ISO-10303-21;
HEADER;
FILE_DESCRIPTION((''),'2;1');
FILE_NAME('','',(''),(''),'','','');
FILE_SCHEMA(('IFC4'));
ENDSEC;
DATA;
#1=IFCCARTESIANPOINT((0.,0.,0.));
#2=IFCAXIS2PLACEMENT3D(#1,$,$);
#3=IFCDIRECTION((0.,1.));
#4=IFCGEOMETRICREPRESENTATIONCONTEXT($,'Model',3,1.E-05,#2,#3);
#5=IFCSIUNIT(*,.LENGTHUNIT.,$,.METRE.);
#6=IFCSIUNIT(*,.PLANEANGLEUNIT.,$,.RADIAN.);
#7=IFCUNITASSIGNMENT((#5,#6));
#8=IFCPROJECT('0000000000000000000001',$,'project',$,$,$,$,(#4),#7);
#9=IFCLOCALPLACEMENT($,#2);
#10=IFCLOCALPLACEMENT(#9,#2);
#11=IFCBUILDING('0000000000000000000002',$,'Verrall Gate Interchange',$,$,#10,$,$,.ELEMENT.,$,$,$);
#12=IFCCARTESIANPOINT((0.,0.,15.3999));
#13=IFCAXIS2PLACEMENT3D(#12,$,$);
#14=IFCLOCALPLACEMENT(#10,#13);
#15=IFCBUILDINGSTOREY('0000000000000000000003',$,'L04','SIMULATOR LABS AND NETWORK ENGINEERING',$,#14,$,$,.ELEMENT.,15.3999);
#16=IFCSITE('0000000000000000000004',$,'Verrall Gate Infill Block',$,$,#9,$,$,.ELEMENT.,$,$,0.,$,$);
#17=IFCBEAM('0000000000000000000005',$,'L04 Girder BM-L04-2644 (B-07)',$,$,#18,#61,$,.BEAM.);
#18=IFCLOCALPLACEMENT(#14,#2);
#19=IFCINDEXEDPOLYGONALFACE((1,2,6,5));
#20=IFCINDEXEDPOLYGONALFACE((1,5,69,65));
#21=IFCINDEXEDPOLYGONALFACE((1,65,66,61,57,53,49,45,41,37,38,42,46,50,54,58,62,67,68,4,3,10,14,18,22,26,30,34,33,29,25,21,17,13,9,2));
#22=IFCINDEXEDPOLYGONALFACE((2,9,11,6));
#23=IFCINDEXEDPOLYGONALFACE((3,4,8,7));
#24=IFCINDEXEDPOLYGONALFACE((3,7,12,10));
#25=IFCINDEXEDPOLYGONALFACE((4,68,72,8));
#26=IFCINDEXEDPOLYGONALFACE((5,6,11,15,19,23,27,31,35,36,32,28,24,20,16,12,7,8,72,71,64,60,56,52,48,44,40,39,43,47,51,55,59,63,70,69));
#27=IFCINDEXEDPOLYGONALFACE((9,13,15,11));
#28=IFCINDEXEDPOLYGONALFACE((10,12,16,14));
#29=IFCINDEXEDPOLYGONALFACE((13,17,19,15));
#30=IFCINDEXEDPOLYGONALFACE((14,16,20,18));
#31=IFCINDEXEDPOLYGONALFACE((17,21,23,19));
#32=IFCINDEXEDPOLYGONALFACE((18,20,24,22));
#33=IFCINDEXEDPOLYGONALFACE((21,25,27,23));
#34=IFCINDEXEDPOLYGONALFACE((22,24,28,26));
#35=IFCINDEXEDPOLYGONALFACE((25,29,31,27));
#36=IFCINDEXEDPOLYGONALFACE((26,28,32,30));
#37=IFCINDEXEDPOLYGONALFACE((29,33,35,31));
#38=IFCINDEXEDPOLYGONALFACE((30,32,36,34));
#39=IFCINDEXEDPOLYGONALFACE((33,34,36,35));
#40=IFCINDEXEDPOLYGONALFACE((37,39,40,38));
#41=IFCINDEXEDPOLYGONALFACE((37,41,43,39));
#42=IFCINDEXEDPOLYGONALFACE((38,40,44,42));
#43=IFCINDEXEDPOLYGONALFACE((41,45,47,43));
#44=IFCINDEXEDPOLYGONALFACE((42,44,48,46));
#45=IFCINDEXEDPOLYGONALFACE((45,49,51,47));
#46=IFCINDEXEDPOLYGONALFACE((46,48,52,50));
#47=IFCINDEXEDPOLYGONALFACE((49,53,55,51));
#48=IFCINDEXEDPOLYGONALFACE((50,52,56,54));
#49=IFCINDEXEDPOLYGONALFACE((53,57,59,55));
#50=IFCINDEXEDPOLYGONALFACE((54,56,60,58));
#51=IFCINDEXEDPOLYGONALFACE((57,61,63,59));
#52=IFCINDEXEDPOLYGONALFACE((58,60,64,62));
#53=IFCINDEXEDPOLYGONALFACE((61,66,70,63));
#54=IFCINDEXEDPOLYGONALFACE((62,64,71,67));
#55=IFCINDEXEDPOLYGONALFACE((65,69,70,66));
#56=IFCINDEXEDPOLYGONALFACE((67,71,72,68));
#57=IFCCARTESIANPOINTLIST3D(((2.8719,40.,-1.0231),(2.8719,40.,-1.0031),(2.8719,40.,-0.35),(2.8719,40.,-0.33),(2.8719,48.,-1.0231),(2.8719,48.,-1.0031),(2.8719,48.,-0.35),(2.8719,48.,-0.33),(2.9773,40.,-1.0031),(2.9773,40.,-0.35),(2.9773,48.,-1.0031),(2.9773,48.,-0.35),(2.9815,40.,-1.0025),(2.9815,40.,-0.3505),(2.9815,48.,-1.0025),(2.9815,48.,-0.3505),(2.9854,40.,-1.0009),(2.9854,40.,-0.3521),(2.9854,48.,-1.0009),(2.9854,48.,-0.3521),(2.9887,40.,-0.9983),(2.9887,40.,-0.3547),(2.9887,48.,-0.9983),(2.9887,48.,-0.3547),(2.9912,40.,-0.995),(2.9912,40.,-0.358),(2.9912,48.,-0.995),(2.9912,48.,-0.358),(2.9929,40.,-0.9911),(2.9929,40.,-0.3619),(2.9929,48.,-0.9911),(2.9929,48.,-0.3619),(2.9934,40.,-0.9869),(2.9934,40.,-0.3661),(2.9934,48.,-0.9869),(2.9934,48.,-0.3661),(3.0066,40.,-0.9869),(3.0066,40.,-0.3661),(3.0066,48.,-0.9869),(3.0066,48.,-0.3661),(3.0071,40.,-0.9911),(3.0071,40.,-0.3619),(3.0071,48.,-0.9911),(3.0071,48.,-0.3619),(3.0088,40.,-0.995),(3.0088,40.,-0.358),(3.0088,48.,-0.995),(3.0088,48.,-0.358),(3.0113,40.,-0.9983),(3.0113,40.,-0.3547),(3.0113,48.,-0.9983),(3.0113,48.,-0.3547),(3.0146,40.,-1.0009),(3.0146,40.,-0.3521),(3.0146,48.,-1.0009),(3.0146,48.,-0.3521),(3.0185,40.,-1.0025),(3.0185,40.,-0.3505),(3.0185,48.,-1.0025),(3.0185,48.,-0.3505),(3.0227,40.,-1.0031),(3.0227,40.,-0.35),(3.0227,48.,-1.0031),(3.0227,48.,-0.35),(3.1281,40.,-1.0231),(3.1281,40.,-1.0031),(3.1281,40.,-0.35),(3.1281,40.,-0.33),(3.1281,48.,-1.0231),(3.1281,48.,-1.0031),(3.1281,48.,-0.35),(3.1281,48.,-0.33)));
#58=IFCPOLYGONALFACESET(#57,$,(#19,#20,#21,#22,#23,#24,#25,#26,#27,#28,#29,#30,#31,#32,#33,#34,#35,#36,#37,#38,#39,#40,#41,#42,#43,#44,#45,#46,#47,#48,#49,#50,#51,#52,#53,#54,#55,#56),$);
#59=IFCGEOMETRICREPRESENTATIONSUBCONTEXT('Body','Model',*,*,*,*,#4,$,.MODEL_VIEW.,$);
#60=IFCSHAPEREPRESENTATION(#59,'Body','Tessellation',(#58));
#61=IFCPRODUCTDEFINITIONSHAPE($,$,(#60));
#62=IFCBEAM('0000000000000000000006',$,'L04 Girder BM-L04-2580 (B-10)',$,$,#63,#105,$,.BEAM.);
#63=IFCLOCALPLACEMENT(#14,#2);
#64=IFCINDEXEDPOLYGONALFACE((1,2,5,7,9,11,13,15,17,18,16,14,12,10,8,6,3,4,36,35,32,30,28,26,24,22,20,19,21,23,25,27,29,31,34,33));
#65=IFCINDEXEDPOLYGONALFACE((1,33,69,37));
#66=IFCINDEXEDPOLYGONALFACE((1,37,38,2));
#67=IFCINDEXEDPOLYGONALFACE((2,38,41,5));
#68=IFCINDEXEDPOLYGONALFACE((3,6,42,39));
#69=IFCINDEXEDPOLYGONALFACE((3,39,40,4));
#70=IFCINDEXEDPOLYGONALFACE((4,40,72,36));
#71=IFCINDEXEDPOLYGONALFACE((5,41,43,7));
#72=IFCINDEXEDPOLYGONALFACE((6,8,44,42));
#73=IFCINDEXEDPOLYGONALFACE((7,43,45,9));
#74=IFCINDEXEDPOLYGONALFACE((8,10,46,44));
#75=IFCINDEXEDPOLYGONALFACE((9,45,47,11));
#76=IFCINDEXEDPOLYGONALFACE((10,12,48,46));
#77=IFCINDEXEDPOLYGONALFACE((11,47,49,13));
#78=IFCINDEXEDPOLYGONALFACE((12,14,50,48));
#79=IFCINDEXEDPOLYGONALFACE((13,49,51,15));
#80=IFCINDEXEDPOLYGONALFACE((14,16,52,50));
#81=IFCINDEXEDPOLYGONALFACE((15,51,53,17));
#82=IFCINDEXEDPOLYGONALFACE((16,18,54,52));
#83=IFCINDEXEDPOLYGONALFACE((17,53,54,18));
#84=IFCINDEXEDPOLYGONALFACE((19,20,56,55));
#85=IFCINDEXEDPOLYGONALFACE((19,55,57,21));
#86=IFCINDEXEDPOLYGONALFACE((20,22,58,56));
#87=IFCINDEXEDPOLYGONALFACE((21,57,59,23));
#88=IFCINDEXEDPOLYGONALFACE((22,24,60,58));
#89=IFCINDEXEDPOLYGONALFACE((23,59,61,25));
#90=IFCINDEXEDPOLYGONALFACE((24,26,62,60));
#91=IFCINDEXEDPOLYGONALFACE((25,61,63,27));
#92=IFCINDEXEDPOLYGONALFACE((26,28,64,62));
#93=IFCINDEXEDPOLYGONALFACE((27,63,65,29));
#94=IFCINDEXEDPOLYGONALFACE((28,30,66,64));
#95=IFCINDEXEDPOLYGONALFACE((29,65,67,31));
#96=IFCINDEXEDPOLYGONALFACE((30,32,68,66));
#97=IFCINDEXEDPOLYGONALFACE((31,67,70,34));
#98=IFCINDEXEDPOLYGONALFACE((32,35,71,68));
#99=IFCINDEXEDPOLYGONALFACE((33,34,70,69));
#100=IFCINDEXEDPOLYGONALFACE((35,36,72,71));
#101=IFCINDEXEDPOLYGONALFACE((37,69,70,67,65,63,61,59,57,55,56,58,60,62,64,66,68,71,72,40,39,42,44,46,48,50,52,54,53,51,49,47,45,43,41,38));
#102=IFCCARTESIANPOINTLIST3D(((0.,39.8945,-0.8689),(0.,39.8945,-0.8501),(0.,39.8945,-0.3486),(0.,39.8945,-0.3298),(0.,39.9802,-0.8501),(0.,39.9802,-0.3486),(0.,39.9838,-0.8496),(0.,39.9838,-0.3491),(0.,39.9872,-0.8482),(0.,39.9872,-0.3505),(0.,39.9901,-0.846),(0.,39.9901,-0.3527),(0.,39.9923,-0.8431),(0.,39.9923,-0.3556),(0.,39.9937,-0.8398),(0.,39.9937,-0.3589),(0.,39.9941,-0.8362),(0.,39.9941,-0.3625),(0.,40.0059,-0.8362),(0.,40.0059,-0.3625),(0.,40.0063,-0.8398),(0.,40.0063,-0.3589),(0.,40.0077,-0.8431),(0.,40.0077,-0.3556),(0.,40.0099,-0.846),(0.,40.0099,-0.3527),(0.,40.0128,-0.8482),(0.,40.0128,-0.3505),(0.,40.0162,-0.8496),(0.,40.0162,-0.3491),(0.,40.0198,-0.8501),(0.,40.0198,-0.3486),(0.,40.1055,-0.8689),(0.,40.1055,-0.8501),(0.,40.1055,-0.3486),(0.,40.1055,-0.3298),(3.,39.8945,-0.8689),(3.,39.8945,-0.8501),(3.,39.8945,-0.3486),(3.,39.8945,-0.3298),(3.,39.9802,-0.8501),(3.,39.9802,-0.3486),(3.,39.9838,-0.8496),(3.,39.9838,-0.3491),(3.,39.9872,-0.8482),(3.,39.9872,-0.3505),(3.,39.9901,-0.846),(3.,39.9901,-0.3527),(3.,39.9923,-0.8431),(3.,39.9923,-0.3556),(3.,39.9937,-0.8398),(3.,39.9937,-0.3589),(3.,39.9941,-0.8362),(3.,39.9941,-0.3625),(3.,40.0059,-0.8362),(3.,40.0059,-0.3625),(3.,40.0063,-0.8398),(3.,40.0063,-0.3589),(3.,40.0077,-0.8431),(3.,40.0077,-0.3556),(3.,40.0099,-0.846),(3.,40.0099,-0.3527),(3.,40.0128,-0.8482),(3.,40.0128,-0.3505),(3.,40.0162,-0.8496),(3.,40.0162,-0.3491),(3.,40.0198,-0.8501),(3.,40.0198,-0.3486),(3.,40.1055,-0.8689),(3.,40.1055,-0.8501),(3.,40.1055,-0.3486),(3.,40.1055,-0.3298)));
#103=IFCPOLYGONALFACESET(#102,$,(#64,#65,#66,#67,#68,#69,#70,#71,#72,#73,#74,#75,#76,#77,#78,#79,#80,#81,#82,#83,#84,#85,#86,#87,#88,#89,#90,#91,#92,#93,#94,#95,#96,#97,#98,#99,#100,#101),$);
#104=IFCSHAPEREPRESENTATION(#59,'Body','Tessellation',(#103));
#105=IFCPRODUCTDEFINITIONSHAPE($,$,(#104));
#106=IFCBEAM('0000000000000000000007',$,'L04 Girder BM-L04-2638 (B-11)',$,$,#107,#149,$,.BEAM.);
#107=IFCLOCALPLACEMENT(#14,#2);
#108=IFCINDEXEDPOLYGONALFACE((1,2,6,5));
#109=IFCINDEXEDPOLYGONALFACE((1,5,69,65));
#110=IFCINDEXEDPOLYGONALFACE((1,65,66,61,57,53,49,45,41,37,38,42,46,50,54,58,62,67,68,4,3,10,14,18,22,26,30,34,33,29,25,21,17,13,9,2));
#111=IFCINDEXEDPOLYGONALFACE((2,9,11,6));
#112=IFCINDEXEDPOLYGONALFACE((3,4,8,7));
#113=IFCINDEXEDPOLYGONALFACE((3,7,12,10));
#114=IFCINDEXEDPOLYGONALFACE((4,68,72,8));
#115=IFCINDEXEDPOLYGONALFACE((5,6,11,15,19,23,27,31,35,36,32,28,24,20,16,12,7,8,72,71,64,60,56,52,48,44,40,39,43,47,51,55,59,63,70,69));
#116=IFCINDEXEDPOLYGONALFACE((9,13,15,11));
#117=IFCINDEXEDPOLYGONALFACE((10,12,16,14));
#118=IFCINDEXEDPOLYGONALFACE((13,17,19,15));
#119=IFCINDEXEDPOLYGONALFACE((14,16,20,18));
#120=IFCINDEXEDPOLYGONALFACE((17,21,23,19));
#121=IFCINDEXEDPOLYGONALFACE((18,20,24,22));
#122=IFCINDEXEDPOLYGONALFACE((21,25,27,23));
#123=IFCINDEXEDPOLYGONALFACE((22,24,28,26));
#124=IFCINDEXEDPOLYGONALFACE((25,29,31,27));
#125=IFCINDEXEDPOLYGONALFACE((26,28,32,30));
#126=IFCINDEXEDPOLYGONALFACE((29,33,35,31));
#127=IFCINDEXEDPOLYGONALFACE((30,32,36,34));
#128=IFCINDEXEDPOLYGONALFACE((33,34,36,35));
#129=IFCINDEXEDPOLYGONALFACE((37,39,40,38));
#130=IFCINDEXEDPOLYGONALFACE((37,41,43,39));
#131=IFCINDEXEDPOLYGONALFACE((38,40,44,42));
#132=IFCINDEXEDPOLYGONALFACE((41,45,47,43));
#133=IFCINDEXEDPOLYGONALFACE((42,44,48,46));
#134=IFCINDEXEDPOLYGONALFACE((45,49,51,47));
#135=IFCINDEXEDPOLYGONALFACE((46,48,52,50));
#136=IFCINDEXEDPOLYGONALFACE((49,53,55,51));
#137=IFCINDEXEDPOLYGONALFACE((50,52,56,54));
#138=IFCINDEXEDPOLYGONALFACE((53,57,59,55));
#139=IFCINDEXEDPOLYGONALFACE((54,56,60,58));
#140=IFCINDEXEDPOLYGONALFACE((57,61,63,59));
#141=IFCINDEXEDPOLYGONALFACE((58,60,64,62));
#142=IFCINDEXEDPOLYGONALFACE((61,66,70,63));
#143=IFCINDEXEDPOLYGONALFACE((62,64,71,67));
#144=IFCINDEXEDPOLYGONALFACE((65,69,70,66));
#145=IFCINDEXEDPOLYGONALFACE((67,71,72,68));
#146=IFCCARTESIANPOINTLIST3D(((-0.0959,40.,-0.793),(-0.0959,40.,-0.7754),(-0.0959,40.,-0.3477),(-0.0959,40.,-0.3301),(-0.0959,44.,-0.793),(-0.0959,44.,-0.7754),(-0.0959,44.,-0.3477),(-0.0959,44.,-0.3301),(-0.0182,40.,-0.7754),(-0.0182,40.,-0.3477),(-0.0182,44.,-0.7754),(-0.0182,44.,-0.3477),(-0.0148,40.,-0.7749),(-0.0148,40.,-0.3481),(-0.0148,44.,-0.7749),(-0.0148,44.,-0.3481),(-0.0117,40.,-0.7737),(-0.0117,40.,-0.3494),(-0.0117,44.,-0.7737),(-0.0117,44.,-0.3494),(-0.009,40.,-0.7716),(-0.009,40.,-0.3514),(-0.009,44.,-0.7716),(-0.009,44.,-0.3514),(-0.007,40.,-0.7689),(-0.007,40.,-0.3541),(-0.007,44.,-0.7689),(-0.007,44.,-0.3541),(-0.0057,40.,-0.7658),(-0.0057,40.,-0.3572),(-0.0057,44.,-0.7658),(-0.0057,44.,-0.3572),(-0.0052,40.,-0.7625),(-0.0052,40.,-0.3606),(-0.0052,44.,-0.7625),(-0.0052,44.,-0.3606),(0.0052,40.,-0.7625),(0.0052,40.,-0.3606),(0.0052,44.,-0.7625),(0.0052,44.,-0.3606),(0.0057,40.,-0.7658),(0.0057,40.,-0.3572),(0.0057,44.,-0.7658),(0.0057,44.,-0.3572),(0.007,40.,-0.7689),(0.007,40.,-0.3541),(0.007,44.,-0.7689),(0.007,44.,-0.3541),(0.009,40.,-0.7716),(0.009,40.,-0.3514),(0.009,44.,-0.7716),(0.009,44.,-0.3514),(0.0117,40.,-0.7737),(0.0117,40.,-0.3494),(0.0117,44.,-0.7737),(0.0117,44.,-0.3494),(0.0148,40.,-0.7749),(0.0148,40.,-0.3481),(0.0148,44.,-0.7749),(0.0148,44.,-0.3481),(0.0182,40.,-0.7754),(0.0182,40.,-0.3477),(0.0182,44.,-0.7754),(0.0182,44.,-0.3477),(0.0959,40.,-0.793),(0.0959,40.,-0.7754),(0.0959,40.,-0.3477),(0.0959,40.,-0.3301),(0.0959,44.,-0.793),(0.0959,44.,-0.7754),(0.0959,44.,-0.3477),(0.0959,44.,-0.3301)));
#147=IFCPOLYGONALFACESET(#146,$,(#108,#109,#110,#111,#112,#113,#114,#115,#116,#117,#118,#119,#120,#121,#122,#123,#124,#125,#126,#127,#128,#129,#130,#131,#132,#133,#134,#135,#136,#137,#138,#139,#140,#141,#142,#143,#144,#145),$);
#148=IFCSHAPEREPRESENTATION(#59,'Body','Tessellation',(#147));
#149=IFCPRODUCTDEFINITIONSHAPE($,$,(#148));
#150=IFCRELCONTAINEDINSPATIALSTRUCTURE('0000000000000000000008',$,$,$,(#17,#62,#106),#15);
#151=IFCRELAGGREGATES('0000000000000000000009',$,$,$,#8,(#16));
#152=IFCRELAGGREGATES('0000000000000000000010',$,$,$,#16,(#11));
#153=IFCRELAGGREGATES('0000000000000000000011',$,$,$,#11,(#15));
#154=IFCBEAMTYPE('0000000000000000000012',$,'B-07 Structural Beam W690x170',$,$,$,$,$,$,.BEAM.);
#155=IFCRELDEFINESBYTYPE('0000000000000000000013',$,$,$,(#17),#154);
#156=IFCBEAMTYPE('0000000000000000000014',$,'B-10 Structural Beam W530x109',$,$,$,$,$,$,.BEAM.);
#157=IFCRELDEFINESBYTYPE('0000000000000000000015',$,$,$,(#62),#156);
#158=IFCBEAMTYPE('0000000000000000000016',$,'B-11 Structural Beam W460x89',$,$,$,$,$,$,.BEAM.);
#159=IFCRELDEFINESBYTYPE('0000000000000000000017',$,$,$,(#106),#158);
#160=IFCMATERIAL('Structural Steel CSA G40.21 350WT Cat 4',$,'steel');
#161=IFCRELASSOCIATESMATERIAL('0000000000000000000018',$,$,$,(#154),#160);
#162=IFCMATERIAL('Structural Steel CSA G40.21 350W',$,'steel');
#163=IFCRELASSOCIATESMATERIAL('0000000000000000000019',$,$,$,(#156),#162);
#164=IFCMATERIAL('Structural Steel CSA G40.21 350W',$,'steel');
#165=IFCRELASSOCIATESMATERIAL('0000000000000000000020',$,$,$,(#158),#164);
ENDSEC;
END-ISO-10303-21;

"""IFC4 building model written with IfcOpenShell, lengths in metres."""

from ifc_helpers import new_model, si_unit, direction, frame, origin, origin_2d, place, context, subcontext, project, spatial, i_section, extrude, material, material_profile, profile_set, type_object, element, save


model = new_model("IFC4")

# Units and contexts
model_context = context("Model", 3, precision=1e-05, world=origin(), true_north=direction((0.0, 1.0)))
body_context = subcontext(model_context, "Body", "Model", "MODEL_VIEW")
ifc_project = project(units=[si_unit("LENGTHUNIT", "METRE"), si_unit("PLANEANGLEUNIT", "RADIAN")], contexts=[model_context])

# Site, building, storey
site_placement = place(None, origin())
site = spatial("IfcSite", under=ifc_project, at=site_placement, Name="Verrall Gate Infill Block", CompositionType="ELEMENT", RefElevation=0.0)
building_placement = place(site_placement, origin())
building = spatial("IfcBuilding", under=site, at=building_placement, Name="Verrall Gate Interchange", CompositionType="ELEMENT")
storey_placement = place(building_placement, frame((0.0, 0.0, 15.3999)))
storey = spatial("IfcBuildingStorey", under=building, at=storey_placement, Name="L04", Description="SIMULATOR LABS AND NETWORK ENGINEERING", CompositionType="ELEMENT", Elevation=15.3999)

# Beams
ifc_material_1 = material(Name="Structural Steel CSA G40.21 350WT Cat 4", Category="steel")
ifc_material_profile_1 = material_profile(ifc_material_1, i_section(OverallWidth=0.2561, OverallDepth=0.6931, WebThickness=0.0132, FlangeThickness=0.02, FilletRadius=0.0161, at=origin_2d()), Name="W690x170")
ifc_profile_set_1 = profile_set([ifc_material_profile_1], Name="Structural Steel CSA G40.21 350WT Cat 4")
beam_type_1 = type_object("IfcBeamType", Name="B-07 Structural Beam W690x170", PredefinedType="BEAM", material=ifc_profile_set_1)
beam_1_placement = place(storey_placement, frame((3.0, 40.0, -0.6765), z_axis=(0.0, 1.0, 0.0), x_axis=(-1.0, 0.0, 0.0)))
element("IfcBeam", 1, at=beam_1_placement, inside=storey, type_object=beam_type_1, Name="L04 Girder BM-L04-2644 (B-07)", PredefinedType="BEAM", context=body_context, shape_type="SweptSolid", body=[
    extrude(i_section(OverallWidth=0.2561, OverallDepth=0.6931, WebThickness=0.0132, FlangeThickness=0.02, FilletRadius=0.0161, at=origin_2d()), origin(), (0.0, 0.0, 1.0), 8.0),
])
ifc_material_2 = material(Name="Structural Steel CSA G40.21 350W", Category="steel")
ifc_material_profile_2 = material_profile(ifc_material_2, i_section(OverallWidth=0.2109, OverallDepth=0.5391, WebThickness=0.0117, FlangeThickness=0.0188, FilletRadius=0.0139, at=origin_2d()), Name="W530x109")
ifc_profile_set_2 = profile_set([ifc_material_profile_2], Name="Structural Steel CSA G40.21 350W")
beam_type_2 = type_object("IfcBeamType", Name="B-10 Structural Beam W530x109", PredefinedType="BEAM", material=ifc_profile_set_2)
beam_2_placement = place(storey_placement, frame((0.0, 40.0, -0.5994), z_axis=(1.0, 0.0, 0.0), x_axis=(0.0, 1.0, 0.0)))
element("IfcBeam", 2, at=beam_2_placement, inside=storey, type_object=beam_type_2, Name="L04 Girder BM-L04-2580 (B-10)", PredefinedType="BEAM", context=body_context, shape_type="SweptSolid", body=[
    extrude(i_section(OverallWidth=0.2109, OverallDepth=0.5391, WebThickness=0.0117, FlangeThickness=0.0188, FilletRadius=0.0139, at=origin_2d()), origin(), (0.0, 0.0, 1.0), 3.0),
])
ifc_material_3 = material(Name="Structural Steel CSA G40.21 350W", Category="steel")
ifc_material_profile_3 = material_profile(ifc_material_3, i_section(OverallWidth=0.1919, OverallDepth=0.4629, WebThickness=0.0105, FlangeThickness=0.0176, FilletRadius=0.0129, at=origin_2d()), Name="W460x89")
ifc_profile_set_3 = profile_set([ifc_material_profile_3], Name="Structural Steel CSA G40.21 350W")
beam_type_3 = type_object("IfcBeamType", Name="B-11 Structural Beam W460x89", PredefinedType="BEAM", material=ifc_profile_set_3)
beam_3_placement = place(storey_placement, frame((0.0, 40.0, -0.5615), z_axis=(0.0, 1.0, 0.0), x_axis=(-1.0, 0.0, 0.0)))
element("IfcBeam", 3, at=beam_3_placement, inside=storey, type_object=beam_type_3, Name="L04 Girder BM-L04-2638 (B-11)", PredefinedType="BEAM", context=body_context, shape_type="SweptSolid", body=[
    extrude(i_section(OverallWidth=0.1919, OverallDepth=0.4629, WebThickness=0.0105, FlangeThickness=0.0176, FilletRadius=0.0129, at=origin_2d()), origin(), (0.0, 0.0, 1.0), 4.0),
])

save(model, "model.ifc")
